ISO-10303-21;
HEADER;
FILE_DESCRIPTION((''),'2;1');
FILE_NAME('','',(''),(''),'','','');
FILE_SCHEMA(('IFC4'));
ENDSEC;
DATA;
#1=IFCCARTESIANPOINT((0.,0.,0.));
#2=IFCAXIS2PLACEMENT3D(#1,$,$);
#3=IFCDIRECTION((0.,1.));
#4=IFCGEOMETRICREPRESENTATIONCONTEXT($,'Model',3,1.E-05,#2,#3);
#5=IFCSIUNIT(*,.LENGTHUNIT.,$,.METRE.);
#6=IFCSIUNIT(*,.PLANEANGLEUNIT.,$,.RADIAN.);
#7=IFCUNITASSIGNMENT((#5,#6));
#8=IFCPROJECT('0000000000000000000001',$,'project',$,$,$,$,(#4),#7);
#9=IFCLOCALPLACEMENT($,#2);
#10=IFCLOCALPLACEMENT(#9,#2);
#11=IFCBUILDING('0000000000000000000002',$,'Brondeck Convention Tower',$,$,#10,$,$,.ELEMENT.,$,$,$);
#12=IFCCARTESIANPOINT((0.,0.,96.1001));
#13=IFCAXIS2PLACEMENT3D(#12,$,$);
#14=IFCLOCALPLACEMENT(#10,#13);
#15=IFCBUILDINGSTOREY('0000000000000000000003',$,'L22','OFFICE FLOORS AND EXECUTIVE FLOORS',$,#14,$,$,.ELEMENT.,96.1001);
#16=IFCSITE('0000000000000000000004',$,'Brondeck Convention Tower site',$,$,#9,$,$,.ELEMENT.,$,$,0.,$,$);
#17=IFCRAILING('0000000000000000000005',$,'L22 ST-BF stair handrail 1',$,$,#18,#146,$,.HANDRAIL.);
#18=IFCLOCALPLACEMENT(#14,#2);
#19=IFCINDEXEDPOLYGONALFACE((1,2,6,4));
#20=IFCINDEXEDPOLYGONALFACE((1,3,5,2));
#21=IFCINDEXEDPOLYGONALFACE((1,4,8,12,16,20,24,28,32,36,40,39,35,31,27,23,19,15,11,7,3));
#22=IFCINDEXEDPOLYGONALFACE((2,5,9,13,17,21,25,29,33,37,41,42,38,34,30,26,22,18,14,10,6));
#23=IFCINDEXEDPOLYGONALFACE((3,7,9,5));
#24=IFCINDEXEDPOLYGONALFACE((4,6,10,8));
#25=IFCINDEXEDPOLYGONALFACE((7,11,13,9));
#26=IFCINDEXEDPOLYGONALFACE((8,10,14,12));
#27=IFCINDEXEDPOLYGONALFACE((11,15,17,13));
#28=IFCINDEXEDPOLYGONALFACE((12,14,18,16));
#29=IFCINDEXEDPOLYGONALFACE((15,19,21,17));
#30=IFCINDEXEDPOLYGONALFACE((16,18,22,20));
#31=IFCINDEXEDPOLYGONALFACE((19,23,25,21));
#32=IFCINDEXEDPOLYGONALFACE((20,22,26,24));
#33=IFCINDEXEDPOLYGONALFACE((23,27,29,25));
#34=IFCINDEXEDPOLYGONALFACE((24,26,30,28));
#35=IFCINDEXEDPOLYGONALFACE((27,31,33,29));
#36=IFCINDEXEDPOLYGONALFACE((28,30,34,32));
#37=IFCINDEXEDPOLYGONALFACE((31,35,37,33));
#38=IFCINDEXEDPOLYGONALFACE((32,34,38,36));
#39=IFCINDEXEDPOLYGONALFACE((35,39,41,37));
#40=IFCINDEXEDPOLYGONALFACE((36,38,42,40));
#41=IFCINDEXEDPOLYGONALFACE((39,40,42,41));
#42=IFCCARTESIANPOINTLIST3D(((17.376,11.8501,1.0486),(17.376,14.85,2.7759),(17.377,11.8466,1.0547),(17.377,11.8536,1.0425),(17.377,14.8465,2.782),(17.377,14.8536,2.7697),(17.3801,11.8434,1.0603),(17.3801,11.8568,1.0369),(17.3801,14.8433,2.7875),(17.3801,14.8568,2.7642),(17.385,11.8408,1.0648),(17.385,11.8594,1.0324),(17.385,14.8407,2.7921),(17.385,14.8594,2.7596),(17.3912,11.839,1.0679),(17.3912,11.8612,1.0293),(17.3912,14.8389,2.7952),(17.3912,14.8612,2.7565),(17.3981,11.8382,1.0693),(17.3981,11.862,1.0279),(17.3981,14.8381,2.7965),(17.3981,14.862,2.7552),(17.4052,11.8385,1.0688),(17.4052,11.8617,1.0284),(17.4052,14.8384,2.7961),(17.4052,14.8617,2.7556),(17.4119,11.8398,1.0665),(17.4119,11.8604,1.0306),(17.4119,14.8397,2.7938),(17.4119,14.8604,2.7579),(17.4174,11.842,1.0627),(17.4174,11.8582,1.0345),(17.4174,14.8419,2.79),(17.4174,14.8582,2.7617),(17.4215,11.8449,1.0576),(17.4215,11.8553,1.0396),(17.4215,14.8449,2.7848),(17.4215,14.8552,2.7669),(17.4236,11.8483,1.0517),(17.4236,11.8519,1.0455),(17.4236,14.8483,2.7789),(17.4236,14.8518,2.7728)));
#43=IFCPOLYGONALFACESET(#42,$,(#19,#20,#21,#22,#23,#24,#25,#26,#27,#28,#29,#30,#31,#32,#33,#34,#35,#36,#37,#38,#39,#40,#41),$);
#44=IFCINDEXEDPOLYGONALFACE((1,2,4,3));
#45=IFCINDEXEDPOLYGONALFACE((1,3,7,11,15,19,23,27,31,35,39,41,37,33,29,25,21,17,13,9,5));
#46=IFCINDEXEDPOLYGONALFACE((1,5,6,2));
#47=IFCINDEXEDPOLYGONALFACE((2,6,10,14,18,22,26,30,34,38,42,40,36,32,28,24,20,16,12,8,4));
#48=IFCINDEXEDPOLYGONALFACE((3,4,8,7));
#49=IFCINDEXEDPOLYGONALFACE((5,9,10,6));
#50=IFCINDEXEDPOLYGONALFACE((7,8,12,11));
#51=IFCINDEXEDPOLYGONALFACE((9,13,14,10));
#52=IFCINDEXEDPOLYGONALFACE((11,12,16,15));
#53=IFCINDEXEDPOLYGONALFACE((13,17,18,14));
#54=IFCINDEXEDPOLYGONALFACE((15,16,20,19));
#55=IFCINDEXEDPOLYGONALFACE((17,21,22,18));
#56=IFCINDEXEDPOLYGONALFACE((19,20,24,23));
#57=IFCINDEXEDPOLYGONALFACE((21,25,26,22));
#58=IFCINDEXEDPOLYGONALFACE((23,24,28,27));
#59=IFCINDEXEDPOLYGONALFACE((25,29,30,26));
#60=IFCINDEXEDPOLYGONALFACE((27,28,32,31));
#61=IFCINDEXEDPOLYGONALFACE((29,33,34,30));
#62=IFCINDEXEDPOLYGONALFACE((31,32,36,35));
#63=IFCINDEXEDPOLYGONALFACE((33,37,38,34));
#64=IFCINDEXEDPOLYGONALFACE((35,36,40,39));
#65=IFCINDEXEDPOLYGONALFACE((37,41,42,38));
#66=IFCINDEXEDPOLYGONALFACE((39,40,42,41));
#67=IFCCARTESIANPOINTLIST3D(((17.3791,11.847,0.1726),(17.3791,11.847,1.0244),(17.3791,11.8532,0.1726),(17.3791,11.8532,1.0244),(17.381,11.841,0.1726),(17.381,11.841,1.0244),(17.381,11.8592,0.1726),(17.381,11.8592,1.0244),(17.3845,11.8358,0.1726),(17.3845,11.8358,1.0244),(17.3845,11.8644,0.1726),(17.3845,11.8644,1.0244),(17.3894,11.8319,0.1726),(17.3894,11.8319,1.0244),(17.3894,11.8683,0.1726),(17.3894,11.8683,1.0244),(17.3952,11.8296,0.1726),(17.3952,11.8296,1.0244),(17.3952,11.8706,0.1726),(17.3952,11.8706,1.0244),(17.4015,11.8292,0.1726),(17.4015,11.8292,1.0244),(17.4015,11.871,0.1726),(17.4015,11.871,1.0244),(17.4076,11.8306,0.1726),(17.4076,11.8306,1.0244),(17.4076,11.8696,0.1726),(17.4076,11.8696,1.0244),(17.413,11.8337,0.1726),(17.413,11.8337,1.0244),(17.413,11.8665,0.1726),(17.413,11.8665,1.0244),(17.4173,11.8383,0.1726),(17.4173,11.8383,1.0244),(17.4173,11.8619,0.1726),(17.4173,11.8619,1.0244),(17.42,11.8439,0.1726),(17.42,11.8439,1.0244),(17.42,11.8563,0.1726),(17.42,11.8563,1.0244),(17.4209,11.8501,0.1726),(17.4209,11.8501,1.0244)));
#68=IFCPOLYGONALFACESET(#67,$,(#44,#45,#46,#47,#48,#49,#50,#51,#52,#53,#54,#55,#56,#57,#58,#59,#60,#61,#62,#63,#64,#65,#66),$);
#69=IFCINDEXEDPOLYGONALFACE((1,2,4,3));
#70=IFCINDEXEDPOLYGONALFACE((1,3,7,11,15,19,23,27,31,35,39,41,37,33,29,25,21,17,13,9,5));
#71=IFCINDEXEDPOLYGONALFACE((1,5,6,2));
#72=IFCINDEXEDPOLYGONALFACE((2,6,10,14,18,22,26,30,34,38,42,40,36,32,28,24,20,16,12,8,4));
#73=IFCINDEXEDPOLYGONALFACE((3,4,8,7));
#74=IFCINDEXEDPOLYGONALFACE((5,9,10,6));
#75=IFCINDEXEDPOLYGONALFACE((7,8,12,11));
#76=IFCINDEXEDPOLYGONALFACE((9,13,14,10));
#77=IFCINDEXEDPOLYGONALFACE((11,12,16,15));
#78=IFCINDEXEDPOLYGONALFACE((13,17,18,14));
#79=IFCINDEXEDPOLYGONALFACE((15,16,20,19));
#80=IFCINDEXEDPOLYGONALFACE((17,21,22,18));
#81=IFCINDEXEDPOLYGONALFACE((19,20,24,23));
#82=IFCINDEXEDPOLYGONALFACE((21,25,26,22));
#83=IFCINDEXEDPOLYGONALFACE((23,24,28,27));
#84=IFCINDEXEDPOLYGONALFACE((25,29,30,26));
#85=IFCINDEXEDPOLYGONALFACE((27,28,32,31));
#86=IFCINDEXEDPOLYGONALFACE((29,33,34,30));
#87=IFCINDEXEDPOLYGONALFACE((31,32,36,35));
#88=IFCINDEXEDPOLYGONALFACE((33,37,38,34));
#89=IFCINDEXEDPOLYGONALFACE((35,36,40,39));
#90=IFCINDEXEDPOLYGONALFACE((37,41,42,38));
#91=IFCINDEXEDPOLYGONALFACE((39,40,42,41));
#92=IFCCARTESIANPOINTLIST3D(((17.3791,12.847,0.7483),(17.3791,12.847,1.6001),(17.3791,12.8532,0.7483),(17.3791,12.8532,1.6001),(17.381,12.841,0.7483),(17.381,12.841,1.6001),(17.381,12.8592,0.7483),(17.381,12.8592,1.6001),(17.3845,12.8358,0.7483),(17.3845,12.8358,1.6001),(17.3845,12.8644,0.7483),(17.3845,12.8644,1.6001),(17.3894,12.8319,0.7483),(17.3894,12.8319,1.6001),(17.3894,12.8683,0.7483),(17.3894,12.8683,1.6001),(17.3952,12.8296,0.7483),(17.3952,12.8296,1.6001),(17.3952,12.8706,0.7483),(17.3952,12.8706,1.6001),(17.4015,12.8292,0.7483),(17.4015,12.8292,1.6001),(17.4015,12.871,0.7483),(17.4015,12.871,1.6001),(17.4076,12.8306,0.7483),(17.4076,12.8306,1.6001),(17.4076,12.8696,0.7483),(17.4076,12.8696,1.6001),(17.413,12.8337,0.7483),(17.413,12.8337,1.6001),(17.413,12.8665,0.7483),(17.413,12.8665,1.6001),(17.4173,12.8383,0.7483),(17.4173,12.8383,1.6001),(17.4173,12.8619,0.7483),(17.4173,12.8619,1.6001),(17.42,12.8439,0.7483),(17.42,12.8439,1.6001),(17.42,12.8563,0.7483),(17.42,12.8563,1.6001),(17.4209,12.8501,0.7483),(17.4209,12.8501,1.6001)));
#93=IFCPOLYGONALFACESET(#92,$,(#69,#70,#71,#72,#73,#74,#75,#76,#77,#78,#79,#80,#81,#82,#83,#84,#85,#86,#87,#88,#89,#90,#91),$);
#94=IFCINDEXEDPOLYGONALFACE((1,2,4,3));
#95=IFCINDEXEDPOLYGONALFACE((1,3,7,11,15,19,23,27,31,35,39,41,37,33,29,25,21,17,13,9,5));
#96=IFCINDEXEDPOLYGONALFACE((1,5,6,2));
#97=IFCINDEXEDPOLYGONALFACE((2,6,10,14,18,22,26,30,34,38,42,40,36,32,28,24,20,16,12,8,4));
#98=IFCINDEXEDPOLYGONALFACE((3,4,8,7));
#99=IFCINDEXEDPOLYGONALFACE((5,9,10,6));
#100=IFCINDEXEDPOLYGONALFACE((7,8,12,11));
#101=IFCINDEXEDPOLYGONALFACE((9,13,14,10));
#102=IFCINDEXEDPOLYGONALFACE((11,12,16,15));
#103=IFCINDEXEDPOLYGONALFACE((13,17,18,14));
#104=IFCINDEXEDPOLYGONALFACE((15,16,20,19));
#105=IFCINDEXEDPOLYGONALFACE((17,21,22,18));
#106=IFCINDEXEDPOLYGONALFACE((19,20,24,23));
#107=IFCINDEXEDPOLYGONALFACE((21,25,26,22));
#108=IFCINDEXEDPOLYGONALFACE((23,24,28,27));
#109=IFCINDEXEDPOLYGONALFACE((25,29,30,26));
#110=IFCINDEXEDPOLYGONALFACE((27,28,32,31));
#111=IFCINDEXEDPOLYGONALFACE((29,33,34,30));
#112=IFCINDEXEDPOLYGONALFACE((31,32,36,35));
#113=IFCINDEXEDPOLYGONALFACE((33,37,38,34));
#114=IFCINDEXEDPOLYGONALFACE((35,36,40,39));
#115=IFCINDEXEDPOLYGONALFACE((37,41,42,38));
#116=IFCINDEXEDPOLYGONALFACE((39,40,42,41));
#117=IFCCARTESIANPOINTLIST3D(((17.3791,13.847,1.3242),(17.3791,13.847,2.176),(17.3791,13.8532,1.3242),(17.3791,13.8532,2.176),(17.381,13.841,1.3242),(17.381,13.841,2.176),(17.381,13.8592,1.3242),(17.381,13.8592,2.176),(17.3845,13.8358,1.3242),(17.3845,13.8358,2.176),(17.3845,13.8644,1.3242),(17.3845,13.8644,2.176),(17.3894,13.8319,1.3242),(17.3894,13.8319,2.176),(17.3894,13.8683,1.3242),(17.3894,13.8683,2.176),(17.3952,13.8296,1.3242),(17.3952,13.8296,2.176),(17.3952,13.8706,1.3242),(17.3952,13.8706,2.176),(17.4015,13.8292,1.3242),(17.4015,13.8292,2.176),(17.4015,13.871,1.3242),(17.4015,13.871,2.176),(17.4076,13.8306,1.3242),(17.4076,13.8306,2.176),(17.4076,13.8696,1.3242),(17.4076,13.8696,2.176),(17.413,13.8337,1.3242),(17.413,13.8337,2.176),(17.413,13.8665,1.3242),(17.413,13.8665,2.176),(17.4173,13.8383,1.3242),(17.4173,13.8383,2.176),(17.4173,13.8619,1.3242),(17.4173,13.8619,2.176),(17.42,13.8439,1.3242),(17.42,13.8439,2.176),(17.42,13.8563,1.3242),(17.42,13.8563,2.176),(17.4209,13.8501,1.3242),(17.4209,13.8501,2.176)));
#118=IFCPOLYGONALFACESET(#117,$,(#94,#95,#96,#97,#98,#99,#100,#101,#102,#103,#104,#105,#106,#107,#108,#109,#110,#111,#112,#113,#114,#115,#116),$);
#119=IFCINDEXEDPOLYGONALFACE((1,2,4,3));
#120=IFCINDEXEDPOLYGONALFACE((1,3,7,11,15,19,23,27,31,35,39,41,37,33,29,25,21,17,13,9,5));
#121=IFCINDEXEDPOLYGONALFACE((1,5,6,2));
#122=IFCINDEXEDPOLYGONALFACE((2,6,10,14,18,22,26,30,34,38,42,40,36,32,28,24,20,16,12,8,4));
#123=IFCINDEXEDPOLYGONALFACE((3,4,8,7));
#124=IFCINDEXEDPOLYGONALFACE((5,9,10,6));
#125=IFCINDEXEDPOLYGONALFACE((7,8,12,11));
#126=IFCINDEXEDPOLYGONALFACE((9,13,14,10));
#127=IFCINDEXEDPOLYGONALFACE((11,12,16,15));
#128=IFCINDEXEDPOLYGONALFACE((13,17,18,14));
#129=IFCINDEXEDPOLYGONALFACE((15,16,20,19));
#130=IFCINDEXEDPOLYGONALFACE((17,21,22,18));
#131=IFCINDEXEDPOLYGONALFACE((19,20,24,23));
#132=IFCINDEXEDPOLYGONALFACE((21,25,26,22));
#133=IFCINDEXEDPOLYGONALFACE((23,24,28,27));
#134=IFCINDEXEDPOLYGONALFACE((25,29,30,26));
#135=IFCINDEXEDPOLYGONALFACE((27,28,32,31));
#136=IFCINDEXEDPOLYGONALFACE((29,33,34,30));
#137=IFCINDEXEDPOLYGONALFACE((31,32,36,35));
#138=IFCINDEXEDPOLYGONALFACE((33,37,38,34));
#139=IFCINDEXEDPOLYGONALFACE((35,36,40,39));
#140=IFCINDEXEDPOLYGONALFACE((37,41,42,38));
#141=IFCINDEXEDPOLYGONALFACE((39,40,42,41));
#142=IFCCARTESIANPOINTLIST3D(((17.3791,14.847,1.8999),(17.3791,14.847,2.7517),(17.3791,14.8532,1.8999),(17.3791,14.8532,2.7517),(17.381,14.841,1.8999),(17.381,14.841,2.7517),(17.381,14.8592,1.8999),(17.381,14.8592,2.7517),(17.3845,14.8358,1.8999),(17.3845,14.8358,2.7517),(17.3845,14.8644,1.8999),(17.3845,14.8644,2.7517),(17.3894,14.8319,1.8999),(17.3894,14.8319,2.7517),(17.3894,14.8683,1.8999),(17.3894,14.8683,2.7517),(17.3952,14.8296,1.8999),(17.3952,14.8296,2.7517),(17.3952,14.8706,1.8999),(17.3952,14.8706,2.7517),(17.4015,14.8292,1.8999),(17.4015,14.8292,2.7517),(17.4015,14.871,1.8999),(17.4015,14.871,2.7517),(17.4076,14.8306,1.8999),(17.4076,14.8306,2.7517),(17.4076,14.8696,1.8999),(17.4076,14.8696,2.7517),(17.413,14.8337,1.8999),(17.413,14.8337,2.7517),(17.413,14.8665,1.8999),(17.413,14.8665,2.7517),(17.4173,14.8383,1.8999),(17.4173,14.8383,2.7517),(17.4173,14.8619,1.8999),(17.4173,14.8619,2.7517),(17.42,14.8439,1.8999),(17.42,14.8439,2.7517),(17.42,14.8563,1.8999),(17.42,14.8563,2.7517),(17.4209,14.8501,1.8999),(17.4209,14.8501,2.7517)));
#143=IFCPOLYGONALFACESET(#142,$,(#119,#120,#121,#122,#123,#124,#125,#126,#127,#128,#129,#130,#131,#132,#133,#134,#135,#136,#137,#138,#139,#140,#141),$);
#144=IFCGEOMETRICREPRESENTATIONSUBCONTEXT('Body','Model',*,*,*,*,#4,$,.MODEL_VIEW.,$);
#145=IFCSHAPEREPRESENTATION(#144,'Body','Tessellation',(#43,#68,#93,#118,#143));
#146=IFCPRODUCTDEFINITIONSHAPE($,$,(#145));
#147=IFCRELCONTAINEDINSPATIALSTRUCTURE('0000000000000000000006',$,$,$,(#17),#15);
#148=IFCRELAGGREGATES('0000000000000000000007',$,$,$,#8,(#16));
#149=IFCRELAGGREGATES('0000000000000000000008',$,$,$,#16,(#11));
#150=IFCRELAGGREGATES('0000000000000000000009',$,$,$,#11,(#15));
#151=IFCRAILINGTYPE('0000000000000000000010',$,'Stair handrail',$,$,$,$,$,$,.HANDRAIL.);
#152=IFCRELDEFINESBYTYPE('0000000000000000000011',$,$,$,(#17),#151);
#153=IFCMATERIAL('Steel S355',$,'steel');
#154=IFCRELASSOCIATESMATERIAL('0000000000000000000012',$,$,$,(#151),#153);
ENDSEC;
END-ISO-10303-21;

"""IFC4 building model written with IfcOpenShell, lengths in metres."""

from ifc_helpers import new_model, si_unit, direction, frame, origin, origin_2d, place, context, subcontext, project, spatial, circle, extrude, material, type_object, element, save


model = new_model("IFC4")

# Units and contexts
model_context = context("Model", 3, precision=1e-05, world=origin(), true_north=direction((0.0, 1.0)))
body_context = subcontext(model_context, "Body", "Model", "MODEL_VIEW")
ifc_project = project(units=[si_unit("LENGTHUNIT", "METRE"), si_unit("PLANEANGLEUNIT", "RADIAN")], contexts=[model_context])

# Site, building, storey
site_placement = place(None, origin())
site = spatial("IfcSite", under=ifc_project, at=site_placement, Name="Brondeck Convention Tower site", CompositionType="ELEMENT", RefElevation=0.0)
building_placement = place(site_placement, origin())
building = spatial("IfcBuilding", under=site, at=building_placement, Name="Brondeck Convention Tower", CompositionType="ELEMENT")
storey_placement = place(building_placement, frame((0.0, 0.0, 96.1001)))
storey = spatial("IfcBuildingStorey", under=building, at=storey_placement, Name="L22", Description="OFFICE FLOORS AND EXECUTIVE FLOORS", CompositionType="ELEMENT", Elevation=96.1001)

# Shared definitions
ifc_material_1 = material(Name="Steel S355", Category="steel")

# Railing
railing_type_1 = type_object("IfcRailingType", Name="Stair handrail", PredefinedType="HANDRAIL", material=ifc_material_1)
railing_1_placement = place(storey_placement, frame((17.3999, 11.8501, 0.1726)))
element("IfcRailing", 1, at=railing_1_placement, inside=storey, type_object=railing_type_1, Name="L22 ST-BF stair handrail 1", PredefinedType="HANDRAIL", context=body_context, shape_type="SweptSolid", body=[
    extrude(circle(Radius=0.0239, at=origin_2d()), frame((0.0, 0.0, 0.876), z_axis=(0.0, 0.86662, 0.498969), x_axis=(-1.0, 0.0, 0.0)), (0.0, 0.0, 1.0), 3.4617),
    extrude(circle(Radius=0.021, at=origin_2d()), origin(), (0.0, 0.0, 1.0), 0.8518),
    extrude(circle(Radius=0.021, at=origin_2d()), frame((0.0, 1.0, 0.5757)), (0.0, 0.0, 1.0), 0.8518),
    extrude(circle(Radius=0.021, at=origin_2d()), frame((0.0, 2.0, 1.1516)), (0.0, 0.0, 1.0), 0.8518),
    extrude(circle(Radius=0.021, at=origin_2d()), frame((0.0, 3.0, 1.7273)), (0.0, 0.0, 1.0), 0.8518),
])

save(model, "model.ifc")
